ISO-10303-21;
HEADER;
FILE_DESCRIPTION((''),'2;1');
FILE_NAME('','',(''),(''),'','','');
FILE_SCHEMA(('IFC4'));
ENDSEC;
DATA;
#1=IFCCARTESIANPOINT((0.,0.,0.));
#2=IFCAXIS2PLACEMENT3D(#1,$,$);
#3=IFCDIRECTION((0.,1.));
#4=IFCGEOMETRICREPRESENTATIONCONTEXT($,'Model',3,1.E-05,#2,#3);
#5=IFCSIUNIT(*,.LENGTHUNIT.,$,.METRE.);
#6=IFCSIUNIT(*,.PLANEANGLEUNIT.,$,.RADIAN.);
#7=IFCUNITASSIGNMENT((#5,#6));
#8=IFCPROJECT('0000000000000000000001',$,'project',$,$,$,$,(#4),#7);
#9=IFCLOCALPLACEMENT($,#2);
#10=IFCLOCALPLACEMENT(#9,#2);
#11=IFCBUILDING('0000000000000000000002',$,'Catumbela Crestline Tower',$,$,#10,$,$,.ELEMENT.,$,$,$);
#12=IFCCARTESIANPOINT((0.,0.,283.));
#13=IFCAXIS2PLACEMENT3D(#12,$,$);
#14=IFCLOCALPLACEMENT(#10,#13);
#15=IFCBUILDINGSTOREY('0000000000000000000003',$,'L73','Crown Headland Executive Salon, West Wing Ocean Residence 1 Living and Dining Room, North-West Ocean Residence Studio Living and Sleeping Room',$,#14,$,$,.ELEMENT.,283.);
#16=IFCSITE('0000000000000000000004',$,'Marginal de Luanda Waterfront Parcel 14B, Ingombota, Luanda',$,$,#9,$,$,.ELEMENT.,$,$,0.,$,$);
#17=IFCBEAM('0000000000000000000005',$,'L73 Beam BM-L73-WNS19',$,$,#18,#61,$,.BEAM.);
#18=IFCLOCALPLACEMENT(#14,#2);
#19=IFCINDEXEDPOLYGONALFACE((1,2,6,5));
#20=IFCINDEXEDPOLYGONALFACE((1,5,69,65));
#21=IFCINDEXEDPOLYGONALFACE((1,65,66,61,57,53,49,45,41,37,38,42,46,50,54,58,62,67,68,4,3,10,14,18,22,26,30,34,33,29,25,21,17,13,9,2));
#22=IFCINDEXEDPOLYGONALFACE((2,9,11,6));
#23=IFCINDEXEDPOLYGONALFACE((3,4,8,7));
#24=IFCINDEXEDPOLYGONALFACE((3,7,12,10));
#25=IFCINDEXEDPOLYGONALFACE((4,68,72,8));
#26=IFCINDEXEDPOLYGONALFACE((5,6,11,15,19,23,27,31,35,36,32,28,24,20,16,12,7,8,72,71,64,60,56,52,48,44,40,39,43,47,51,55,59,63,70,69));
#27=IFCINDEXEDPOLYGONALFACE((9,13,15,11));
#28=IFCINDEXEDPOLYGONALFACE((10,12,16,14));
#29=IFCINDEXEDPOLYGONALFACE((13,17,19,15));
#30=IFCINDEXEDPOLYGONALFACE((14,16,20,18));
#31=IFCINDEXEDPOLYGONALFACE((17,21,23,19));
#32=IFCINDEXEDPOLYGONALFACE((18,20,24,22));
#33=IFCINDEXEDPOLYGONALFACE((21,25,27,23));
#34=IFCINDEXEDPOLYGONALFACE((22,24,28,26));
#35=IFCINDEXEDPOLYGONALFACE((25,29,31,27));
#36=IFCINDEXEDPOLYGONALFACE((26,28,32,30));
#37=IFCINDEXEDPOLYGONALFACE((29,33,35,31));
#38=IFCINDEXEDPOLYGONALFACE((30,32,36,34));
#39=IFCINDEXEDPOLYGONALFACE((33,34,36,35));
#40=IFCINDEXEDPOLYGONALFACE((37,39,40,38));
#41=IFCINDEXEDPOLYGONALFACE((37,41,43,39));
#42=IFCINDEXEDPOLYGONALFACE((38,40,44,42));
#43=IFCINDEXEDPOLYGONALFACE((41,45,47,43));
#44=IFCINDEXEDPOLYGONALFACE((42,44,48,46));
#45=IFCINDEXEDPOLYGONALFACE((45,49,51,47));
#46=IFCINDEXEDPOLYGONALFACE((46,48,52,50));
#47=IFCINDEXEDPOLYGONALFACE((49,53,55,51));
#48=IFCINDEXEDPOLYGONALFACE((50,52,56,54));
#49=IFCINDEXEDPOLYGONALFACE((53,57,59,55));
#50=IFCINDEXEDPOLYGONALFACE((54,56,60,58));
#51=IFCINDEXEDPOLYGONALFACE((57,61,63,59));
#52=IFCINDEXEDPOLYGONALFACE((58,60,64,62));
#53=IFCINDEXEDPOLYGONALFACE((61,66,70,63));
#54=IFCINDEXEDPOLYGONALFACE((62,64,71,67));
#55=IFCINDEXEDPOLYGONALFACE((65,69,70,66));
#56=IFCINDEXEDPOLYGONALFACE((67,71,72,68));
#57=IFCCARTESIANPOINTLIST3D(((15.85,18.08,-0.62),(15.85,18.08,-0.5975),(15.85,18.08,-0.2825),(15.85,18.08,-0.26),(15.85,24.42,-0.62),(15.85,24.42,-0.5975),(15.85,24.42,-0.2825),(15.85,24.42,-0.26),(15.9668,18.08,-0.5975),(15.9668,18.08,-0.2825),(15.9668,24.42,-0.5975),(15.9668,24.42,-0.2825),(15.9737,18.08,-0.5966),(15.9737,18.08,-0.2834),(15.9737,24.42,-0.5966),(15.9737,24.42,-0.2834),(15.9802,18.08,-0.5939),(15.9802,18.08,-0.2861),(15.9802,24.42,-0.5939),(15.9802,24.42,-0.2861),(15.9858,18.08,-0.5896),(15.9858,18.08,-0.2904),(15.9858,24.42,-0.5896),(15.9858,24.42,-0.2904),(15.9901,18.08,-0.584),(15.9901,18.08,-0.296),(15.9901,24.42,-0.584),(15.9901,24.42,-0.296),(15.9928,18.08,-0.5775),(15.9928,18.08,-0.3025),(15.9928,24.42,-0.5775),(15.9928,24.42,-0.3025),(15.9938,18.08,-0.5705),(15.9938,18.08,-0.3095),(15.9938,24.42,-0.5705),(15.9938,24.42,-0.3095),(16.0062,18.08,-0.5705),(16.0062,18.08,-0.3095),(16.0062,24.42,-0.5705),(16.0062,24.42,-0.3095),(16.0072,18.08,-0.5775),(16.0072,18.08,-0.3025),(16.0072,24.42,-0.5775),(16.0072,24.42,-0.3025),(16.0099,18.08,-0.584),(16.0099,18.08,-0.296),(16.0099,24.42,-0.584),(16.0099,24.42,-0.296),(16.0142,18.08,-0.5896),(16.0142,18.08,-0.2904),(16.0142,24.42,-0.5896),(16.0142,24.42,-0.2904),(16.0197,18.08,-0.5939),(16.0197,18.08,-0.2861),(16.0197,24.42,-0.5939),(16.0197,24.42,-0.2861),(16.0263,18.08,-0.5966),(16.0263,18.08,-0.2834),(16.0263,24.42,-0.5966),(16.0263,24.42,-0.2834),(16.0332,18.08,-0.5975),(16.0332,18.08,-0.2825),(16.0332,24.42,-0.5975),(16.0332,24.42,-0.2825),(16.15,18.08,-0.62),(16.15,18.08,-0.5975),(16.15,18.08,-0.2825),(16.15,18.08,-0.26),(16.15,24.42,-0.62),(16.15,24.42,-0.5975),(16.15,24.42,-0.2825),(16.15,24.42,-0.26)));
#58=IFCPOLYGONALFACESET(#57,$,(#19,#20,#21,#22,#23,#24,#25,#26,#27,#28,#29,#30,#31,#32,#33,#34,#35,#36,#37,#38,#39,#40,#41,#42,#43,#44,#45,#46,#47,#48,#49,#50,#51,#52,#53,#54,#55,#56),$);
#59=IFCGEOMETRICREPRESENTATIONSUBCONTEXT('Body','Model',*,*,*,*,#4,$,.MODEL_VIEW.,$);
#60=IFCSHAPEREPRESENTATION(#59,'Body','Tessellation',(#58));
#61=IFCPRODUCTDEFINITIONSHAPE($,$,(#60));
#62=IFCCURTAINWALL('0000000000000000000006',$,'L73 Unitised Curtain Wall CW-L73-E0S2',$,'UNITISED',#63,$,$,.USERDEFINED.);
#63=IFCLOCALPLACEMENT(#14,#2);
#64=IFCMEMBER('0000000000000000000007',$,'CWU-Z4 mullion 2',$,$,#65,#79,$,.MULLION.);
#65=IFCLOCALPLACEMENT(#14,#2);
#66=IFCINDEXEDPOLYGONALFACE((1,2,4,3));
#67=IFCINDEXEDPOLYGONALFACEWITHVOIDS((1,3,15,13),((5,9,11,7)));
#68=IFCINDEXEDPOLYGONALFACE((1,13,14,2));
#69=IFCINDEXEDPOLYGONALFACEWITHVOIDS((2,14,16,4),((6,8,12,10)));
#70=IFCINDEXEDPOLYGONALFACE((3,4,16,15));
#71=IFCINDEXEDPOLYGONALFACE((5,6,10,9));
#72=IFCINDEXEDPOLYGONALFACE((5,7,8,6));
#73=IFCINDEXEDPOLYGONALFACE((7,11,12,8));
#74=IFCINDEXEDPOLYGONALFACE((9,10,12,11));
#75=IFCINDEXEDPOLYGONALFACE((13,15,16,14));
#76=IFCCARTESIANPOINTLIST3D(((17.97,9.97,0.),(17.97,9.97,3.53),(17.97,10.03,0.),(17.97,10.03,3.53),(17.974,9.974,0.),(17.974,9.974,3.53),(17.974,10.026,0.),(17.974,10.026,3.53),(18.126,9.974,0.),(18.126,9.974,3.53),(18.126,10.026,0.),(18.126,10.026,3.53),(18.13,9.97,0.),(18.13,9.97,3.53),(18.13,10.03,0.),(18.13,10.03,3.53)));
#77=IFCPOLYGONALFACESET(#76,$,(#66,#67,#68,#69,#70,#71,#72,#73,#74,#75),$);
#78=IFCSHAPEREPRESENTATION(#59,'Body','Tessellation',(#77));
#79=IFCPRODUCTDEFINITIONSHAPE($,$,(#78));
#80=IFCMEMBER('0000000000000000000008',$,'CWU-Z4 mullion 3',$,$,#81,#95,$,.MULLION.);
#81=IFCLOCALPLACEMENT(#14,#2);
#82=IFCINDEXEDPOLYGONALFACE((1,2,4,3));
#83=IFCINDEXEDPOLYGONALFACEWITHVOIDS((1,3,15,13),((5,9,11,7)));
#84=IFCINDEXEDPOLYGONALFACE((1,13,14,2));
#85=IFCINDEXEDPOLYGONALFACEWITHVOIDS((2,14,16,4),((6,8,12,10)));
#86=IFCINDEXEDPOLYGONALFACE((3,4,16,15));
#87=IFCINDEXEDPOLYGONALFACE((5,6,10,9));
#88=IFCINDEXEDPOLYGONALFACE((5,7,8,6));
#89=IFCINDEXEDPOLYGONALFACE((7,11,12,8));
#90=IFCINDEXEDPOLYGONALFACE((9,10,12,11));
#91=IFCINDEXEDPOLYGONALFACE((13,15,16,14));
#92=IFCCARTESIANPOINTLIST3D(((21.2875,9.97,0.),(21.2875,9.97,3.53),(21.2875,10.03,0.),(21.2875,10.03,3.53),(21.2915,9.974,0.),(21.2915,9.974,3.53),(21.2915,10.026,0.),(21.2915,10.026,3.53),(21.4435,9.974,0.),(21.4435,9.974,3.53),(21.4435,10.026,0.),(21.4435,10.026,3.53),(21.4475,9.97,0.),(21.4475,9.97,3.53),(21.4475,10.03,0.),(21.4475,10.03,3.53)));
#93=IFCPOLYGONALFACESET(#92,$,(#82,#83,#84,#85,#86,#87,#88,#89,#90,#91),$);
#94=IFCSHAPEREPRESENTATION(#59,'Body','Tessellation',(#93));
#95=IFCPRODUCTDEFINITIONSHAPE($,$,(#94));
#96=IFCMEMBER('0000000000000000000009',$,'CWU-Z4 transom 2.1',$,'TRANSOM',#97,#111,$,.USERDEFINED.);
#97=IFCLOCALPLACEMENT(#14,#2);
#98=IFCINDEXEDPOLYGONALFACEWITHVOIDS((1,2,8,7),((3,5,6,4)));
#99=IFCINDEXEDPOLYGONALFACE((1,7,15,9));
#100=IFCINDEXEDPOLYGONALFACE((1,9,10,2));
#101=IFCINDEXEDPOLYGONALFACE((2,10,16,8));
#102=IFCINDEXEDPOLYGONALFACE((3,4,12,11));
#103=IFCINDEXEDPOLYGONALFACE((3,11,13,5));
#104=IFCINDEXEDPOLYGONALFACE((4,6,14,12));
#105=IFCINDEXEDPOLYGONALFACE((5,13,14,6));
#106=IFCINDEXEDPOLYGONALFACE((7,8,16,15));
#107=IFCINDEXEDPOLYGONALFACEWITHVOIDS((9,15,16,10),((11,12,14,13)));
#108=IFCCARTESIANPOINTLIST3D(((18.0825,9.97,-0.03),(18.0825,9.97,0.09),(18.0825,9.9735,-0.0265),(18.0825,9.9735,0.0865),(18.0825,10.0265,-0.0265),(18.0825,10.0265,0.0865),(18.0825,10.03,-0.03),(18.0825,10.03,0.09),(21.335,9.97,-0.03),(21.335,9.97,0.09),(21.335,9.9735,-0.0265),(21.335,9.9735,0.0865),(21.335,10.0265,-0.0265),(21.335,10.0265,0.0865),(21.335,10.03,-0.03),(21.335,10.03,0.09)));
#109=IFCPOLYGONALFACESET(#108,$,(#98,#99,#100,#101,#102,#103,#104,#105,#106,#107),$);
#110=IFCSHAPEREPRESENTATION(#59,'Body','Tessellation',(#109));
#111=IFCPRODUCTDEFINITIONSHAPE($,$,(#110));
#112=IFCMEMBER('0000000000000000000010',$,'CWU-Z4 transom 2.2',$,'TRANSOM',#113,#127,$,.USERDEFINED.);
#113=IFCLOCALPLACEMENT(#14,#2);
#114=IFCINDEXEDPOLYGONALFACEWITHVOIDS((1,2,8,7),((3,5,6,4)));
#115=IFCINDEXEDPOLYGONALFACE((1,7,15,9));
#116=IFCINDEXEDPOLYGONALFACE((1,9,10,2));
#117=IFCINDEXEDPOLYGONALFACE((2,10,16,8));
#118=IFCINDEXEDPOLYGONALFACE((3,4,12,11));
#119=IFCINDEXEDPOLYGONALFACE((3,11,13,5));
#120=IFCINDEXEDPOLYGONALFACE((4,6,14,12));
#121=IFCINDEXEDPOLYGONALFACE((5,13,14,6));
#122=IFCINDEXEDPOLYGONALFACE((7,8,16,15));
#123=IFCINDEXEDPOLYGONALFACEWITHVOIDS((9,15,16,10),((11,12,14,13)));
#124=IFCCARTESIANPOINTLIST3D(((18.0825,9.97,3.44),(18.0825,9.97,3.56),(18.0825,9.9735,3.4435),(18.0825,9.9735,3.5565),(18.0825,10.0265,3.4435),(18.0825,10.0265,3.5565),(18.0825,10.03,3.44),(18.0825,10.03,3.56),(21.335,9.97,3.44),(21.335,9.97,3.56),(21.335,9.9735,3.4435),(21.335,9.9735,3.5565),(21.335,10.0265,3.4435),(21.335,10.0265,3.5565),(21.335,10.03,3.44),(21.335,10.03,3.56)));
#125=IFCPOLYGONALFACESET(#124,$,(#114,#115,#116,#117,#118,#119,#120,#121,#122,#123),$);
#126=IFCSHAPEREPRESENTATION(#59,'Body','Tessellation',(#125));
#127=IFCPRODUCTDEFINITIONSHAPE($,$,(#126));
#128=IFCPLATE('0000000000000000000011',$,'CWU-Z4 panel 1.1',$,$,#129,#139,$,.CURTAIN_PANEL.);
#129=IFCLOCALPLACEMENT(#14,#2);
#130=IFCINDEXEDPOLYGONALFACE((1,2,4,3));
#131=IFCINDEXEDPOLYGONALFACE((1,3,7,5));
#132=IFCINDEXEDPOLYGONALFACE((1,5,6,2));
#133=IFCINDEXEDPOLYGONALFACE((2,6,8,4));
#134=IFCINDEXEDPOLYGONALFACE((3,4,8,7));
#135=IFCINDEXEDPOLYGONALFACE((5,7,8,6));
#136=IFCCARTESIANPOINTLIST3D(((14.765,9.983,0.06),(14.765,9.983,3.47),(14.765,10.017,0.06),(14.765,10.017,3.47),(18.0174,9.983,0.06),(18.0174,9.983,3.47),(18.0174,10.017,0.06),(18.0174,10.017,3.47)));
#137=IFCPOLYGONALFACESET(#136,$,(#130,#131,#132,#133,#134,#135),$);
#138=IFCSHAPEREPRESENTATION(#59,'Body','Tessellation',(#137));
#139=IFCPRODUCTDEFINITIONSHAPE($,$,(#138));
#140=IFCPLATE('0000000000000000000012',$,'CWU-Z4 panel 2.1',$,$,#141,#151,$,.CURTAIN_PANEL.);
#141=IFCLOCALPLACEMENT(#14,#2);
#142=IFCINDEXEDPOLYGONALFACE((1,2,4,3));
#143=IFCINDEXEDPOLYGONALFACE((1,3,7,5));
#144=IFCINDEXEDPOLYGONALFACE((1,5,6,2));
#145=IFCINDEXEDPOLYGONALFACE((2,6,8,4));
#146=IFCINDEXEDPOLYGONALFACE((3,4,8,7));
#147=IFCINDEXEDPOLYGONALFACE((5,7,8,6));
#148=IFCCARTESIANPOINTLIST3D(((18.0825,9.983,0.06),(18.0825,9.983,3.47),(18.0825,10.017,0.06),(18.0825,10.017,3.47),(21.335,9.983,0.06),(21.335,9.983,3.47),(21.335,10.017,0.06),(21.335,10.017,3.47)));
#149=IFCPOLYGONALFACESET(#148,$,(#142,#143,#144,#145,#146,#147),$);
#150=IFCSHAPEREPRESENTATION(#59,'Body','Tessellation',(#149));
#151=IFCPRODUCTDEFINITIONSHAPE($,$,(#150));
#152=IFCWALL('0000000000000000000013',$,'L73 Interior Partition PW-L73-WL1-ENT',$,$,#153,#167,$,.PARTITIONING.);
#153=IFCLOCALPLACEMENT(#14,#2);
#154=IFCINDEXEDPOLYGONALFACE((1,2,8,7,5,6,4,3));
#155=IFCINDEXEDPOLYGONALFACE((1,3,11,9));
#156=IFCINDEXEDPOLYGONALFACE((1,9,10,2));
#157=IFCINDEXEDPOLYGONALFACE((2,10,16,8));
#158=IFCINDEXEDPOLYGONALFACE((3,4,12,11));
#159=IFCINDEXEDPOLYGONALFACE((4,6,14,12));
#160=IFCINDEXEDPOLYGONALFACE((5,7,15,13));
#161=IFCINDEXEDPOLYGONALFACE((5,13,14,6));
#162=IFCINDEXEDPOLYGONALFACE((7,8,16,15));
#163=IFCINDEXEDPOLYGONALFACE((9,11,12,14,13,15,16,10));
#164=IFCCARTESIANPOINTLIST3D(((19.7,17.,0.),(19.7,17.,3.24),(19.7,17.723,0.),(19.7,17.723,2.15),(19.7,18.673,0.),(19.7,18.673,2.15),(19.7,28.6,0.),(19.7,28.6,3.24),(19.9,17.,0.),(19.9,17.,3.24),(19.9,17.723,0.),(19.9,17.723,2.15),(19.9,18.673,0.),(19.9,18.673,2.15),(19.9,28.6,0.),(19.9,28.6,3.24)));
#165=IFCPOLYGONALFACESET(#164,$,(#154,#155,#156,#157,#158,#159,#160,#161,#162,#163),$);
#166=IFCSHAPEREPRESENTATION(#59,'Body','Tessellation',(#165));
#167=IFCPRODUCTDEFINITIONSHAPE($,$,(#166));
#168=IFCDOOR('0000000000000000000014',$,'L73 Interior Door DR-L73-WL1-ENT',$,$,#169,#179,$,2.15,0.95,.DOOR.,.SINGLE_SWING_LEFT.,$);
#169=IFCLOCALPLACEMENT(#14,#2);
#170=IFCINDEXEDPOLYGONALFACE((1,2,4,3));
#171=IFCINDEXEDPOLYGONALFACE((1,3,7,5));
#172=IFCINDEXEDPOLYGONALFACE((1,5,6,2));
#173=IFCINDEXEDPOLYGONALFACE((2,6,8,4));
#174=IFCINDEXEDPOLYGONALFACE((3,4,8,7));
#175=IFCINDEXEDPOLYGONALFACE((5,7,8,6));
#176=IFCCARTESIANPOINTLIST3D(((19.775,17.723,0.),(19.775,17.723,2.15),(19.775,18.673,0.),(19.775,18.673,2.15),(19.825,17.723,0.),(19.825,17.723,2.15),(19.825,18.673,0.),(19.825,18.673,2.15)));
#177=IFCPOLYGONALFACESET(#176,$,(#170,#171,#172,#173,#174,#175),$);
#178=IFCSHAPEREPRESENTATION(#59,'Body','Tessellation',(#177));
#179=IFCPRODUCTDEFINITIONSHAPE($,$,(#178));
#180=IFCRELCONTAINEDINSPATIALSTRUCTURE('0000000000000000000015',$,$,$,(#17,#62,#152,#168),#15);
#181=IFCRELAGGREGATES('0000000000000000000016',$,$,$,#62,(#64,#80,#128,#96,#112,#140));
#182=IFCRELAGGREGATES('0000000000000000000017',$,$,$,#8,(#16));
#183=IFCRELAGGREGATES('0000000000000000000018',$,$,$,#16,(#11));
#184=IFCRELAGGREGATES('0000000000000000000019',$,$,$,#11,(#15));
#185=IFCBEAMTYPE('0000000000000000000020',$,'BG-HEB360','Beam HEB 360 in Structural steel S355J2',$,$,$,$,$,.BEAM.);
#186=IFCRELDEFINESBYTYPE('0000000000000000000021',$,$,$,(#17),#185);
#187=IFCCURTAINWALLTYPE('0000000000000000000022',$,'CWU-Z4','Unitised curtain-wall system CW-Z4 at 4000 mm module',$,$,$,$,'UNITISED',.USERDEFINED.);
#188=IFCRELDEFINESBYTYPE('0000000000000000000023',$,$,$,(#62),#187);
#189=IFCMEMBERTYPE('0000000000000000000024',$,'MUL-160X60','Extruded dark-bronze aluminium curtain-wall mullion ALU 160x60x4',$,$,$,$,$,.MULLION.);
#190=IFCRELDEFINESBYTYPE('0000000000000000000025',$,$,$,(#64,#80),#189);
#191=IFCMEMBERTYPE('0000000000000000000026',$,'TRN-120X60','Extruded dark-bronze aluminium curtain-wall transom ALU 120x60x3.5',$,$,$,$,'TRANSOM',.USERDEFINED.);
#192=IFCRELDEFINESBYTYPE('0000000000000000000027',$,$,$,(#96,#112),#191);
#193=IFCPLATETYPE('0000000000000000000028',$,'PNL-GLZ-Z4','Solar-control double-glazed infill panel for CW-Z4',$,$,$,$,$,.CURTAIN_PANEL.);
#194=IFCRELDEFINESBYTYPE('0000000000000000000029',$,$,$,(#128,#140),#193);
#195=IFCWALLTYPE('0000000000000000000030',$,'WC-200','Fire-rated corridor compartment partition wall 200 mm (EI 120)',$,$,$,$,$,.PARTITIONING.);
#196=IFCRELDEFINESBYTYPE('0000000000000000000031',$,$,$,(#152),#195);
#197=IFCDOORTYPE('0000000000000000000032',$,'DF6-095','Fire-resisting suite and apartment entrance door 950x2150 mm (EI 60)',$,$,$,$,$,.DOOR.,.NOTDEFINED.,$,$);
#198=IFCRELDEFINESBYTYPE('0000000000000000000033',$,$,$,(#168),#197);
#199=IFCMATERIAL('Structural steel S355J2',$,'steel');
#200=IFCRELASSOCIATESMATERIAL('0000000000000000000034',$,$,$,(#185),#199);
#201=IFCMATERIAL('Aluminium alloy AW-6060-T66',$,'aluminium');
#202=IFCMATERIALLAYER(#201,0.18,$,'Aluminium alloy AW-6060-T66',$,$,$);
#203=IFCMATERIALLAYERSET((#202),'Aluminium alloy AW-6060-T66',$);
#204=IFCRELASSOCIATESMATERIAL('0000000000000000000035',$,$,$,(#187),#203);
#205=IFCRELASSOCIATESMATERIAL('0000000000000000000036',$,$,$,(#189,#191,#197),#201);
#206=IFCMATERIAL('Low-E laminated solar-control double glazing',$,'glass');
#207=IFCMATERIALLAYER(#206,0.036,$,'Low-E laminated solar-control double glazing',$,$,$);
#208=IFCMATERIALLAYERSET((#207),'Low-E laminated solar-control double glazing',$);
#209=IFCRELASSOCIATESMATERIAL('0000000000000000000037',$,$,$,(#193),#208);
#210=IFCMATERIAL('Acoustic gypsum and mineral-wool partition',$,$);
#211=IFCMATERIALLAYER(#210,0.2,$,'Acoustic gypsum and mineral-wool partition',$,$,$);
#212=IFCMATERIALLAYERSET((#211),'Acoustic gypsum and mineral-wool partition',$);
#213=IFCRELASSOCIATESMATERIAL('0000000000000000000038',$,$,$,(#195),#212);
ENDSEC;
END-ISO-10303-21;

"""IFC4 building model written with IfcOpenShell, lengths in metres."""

from ifc_helpers import new_model, si_unit, direction, frame, frame_2d, origin, origin_2d, place, context, subcontext, project, spatial, rectangle, hollow_rectangle, i_section, extrude, material, layer, layer_set, material_profile, profile_set, type_object, element, fill, aggregate, save


model = new_model("IFC4")

# Units and contexts
model_context = context("Model", 3, precision=1e-05, world=origin(), true_north=direction((0.0, 1.0)))
body_context = subcontext(model_context, "Body", "Model", "MODEL_VIEW")
ifc_project = project(units=[si_unit("LENGTHUNIT", "METRE"), si_unit("PLANEANGLEUNIT", "RADIAN")], contexts=[model_context])

# Site, building, storey
site_placement = place(None, origin())
site = spatial("IfcSite", under=ifc_project, at=site_placement, Name="Marginal de Luanda Waterfront Parcel 14B, Ingombota, Luanda", CompositionType="ELEMENT", RefElevation=0.0)
building_placement = place(site_placement, origin())
building = spatial("IfcBuilding", under=site, at=building_placement, Name="Catumbela Crestline Tower", CompositionType="ELEMENT")
storey_placement = place(building_placement, frame((0.0, 0.0, 283.0)))
storey = spatial("IfcBuildingStorey", under=building, at=storey_placement, Name="L73", Description="Crown Headland Executive Salon, West Wing Ocean Residence 1 Living and Dining Room, North-West Ocean Residence Studio Living and Sleeping Room", CompositionType="ELEMENT", Elevation=283.0)

# Beam
ifc_material_1 = material(Name="Structural steel S355J2", Category="steel")
ifc_material_profile_1 = material_profile(ifc_material_1, i_section(OverallWidth=0.3, OverallDepth=0.36, WebThickness=0.0125, FlangeThickness=0.0225, FilletRadius=0.027, at=origin_2d()), Name="HEB 360")
ifc_profile_set_1 = profile_set([ifc_material_profile_1], Name="Structural steel S355J2")
beam_type = type_object("IfcBeamType", Name="BG-HEB360", Description="Beam HEB 360 in Structural steel S355J2", PredefinedType="BEAM", material=ifc_profile_set_1)
beam_placement = place(storey_placement, frame((16.0, 18.08, -0.44), z_axis=(0.0, 1.0, 0.0), x_axis=(-1.0, 0.0, 0.0)))
element("IfcBeam", 1, at=beam_placement, inside=storey, type_object=beam_type, Name="L73 Beam BM-L73-WNS19", PredefinedType="BEAM", context=body_context, shape_type="SweptSolid", body=[
    extrude(i_section(OverallWidth=0.3, OverallDepth=0.36, WebThickness=0.0125, FlangeThickness=0.0225, FilletRadius=0.027, at=origin_2d()), origin(), (0.0, 0.0, 1.0), 6.34),
])

# Curtain wall, members, plates
ifc_material_2 = material(Name="Aluminium alloy AW-6060-T66", Category="aluminium")
ifc_layer_1 = layer(ifc_material_2, 0.18, Name="Aluminium alloy AW-6060-T66")
ifc_layer_set_1 = layer_set([ifc_layer_1], Name="Aluminium alloy AW-6060-T66")
curtain_wall_type = type_object("IfcCurtainWallType", Name="CWU-Z4", Description="Unitised curtain-wall system CW-Z4 at 4000 mm module", ElementType="UNITISED", PredefinedType="USERDEFINED", material=ifc_layer_set_1)
curtain_wall_placement = place(storey_placement, origin())
curtain_wall = element("IfcCurtainWall", 2, at=curtain_wall_placement, inside=storey, type_object=curtain_wall_type, Name="L73 Unitised Curtain Wall CW-L73-E0S2", ObjectType="UNITISED", PredefinedType="USERDEFINED")
ifc_material_profile_2 = material_profile(ifc_material_2, hollow_rectangle(XDim=0.06, YDim=0.16, WallThickness=0.004, at=origin_2d()), Name="ALU 160x60x4")
ifc_profile_set_2 = profile_set([ifc_material_profile_2], Name="Aluminium alloy AW-6060-T66")
member_type_1 = type_object("IfcMemberType", Name="MUL-160X60", Description="Extruded dark-bronze aluminium curtain-wall mullion ALU 160x60x4", PredefinedType="MULLION", material=ifc_profile_set_2)
member_1_placement = place(storey_placement, frame((18.05, 10.0, 0.0), z_axis=(0.0, 0.0, 1.0), x_axis=(0.0, 1.0, 0.0)))
member_1 = element("IfcMember", 3, at=member_1_placement, type_object=member_type_1, Name="CWU-Z4 mullion 2", PredefinedType="MULLION", context=body_context, shape_type="SweptSolid", body=[
    extrude(hollow_rectangle(XDim=0.06, YDim=0.16, WallThickness=0.004, at=origin_2d()), origin(), (0.0, 0.0, 1.0), 3.53),
])
member_2_placement = place(storey_placement, frame((21.3675, 10.0, 0.0), z_axis=(0.0, 0.0, 1.0), x_axis=(0.0, 1.0, 0.0)))
member_2 = element("IfcMember", 4, at=member_2_placement, type_object=member_type_1, Name="CWU-Z4 mullion 3", PredefinedType="MULLION", context=body_context, shape_type="SweptSolid", body=[
    extrude(hollow_rectangle(XDim=0.06, YDim=0.16, WallThickness=0.004, at=origin_2d()), origin(), (0.0, 0.0, 1.0), 3.53),
])
ifc_material_profile_3 = material_profile(ifc_material_2, hollow_rectangle(XDim=0.06, YDim=0.12, WallThickness=0.0035, at=origin_2d()), Name="ALU 120x60x3.5")
ifc_profile_set_3 = profile_set([ifc_material_profile_3], Name="Aluminium alloy AW-6060-T66")
member_type_2 = type_object("IfcMemberType", Name="TRN-120X60", Description="Extruded dark-bronze aluminium curtain-wall transom ALU 120x60x3.5", ElementType="TRANSOM", PredefinedType="USERDEFINED", material=ifc_profile_set_3)
member_3_placement = place(storey_placement, frame((18.0825, 10.0, 0.03), z_axis=(1.0, 0.0, 0.0), x_axis=(0.0, 1.0, 0.0)))
member_3 = element("IfcMember", 5, at=member_3_placement, type_object=member_type_2, Name="CWU-Z4 transom 2.1", ObjectType="TRANSOM", PredefinedType="USERDEFINED", context=body_context, shape_type="SweptSolid", body=[
    extrude(hollow_rectangle(XDim=0.06, YDim=0.12, WallThickness=0.0035, at=origin_2d()), origin(), (0.0, 0.0, 1.0), 3.2525),
])
member_4_placement = place(storey_placement, frame((18.0825, 10.0, 3.5), z_axis=(1.0, 0.0, 0.0), x_axis=(0.0, 1.0, 0.0)))
member_4 = element("IfcMember", 6, at=member_4_placement, type_object=member_type_2, Name="CWU-Z4 transom 2.2", ObjectType="TRANSOM", PredefinedType="USERDEFINED", context=body_context, shape_type="SweptSolid", body=[
    extrude(hollow_rectangle(XDim=0.06, YDim=0.12, WallThickness=0.0035, at=origin_2d()), origin(), (0.0, 0.0, 1.0), 3.2525),
])
ifc_material_3 = material(Name="Low-E laminated solar-control double glazing", Category="glass")
ifc_layer_2 = layer(ifc_material_3, 0.036, Name="Low-E laminated solar-control double glazing")
ifc_layer_set_2 = layer_set([ifc_layer_2], Name="Low-E laminated solar-control double glazing")
plate_type = type_object("IfcPlateType", Name="PNL-GLZ-Z4", Description="Solar-control double-glazed infill panel for CW-Z4", PredefinedType="CURTAIN_PANEL", material=ifc_layer_set_2)
plate_1_placement = place(storey_placement, frame((16.3912, 10.0, 0.06), z_axis=(0.0, 0.0, 1.0), x_axis=(1.0, 0.0, 0.0)))
plate_1 = element("IfcPlate", 7, at=plate_1_placement, type_object=plate_type, Name="CWU-Z4 panel 1.1", PredefinedType="CURTAIN_PANEL", context=body_context, shape_type="SweptSolid", body=[
    extrude(rectangle(XDim=3.2525, YDim=0.034, at=origin_2d()), origin(), (0.0, 0.0, 1.0), 3.41),
])
plate_2_placement = place(storey_placement, frame((19.7087, 10.0, 0.06), z_axis=(0.0, 0.0, 1.0), x_axis=(1.0, 0.0, 0.0)))
plate_2 = element("IfcPlate", 8, at=plate_2_placement, type_object=plate_type, Name="CWU-Z4 panel 2.1", PredefinedType="CURTAIN_PANEL", context=body_context, shape_type="SweptSolid", body=[
    extrude(rectangle(XDim=3.2525, YDim=0.034, at=origin_2d()), origin(), (0.0, 0.0, 1.0), 3.41),
])
aggregate(curtain_wall, [member_1, member_2, plate_1, member_3, member_4, plate_2])

# Wall, opening, door
ifc_material_4 = material(Name="Acoustic gypsum and mineral-wool partition")
ifc_layer_3 = layer(ifc_material_4, 0.2, Name="Acoustic gypsum and mineral-wool partition")
ifc_layer_set_3 = layer_set([ifc_layer_3], Name="Acoustic gypsum and mineral-wool partition")
wall_type_1 = type_object("IfcWallType", Name="WC-200", Description="Fire-rated corridor compartment partition wall 200 mm (EI 120)", PredefinedType="PARTITIONING", material=ifc_layer_set_3)
wall_1_placement = place(storey_placement, frame((19.8, 17.0, 0.0), z_axis=(0.0, 0.0, 1.0), x_axis=(0.0, 1.0, 0.0)))
wall_1 = element("IfcWall", 9, at=wall_1_placement, inside=storey, type_object=wall_type_1, Name="L73 Interior Partition PW-L73-WL1-ENT", PredefinedType="PARTITIONING", context=body_context, shape_type="SweptSolid", body=[
    extrude(rectangle(XDim=11.6, YDim=0.2, at=frame_2d((5.8, 0.0))), origin(), (0.0, 0.0, 1.0), 3.24),
])
opening_1_placement = place(wall_1_placement, frame((0.723, 0.0, 0.0)))
opening_1 = element("IfcOpeningElement", 10, at=opening_1_placement, cuts=wall_1, PredefinedType="OPENING", context=body_context, shape_type="SweptSolid", body=[
    extrude(rectangle(XDim=0.95, YDim=2.15, at=frame_2d((0.475, 1.075))), frame((0.0, 0.11, 0.0), z_axis=(0.0, -1.0, 0.0), x_axis=(1.0, 0.0, 0.0)), (0.0, 0.0, 1.0), 0.22),
])
door_type_1 = type_object("IfcDoorType", Name="DF6-095", Description="Fire-resisting suite and apartment entrance door 950x2150 mm (EI 60)", OperationType="NOTDEFINED", PredefinedType="DOOR", material=ifc_material_2)
door_1_placement = place(opening_1_placement, origin())
door_1 = element("IfcDoor", 11, at=door_1_placement, inside=storey, type_object=door_type_1, Name="L73 Interior Door DR-L73-WL1-ENT", OperationType="SINGLE_SWING_LEFT", OverallHeight=2.15, OverallWidth=0.95, PredefinedType="DOOR", context=body_context, shape_type="SweptSolid", body=[
    extrude(rectangle(XDim=0.95, YDim=2.15, at=frame_2d((0.475, 1.075))), frame((0.0, 0.025, 0.0), z_axis=(0.0, -1.0, 0.0), x_axis=(1.0, 0.0, 0.0)), (0.0, 0.0, 1.0), 0.05),
])
fill(opening_1, door_1)

save(model, "model.ifc")
